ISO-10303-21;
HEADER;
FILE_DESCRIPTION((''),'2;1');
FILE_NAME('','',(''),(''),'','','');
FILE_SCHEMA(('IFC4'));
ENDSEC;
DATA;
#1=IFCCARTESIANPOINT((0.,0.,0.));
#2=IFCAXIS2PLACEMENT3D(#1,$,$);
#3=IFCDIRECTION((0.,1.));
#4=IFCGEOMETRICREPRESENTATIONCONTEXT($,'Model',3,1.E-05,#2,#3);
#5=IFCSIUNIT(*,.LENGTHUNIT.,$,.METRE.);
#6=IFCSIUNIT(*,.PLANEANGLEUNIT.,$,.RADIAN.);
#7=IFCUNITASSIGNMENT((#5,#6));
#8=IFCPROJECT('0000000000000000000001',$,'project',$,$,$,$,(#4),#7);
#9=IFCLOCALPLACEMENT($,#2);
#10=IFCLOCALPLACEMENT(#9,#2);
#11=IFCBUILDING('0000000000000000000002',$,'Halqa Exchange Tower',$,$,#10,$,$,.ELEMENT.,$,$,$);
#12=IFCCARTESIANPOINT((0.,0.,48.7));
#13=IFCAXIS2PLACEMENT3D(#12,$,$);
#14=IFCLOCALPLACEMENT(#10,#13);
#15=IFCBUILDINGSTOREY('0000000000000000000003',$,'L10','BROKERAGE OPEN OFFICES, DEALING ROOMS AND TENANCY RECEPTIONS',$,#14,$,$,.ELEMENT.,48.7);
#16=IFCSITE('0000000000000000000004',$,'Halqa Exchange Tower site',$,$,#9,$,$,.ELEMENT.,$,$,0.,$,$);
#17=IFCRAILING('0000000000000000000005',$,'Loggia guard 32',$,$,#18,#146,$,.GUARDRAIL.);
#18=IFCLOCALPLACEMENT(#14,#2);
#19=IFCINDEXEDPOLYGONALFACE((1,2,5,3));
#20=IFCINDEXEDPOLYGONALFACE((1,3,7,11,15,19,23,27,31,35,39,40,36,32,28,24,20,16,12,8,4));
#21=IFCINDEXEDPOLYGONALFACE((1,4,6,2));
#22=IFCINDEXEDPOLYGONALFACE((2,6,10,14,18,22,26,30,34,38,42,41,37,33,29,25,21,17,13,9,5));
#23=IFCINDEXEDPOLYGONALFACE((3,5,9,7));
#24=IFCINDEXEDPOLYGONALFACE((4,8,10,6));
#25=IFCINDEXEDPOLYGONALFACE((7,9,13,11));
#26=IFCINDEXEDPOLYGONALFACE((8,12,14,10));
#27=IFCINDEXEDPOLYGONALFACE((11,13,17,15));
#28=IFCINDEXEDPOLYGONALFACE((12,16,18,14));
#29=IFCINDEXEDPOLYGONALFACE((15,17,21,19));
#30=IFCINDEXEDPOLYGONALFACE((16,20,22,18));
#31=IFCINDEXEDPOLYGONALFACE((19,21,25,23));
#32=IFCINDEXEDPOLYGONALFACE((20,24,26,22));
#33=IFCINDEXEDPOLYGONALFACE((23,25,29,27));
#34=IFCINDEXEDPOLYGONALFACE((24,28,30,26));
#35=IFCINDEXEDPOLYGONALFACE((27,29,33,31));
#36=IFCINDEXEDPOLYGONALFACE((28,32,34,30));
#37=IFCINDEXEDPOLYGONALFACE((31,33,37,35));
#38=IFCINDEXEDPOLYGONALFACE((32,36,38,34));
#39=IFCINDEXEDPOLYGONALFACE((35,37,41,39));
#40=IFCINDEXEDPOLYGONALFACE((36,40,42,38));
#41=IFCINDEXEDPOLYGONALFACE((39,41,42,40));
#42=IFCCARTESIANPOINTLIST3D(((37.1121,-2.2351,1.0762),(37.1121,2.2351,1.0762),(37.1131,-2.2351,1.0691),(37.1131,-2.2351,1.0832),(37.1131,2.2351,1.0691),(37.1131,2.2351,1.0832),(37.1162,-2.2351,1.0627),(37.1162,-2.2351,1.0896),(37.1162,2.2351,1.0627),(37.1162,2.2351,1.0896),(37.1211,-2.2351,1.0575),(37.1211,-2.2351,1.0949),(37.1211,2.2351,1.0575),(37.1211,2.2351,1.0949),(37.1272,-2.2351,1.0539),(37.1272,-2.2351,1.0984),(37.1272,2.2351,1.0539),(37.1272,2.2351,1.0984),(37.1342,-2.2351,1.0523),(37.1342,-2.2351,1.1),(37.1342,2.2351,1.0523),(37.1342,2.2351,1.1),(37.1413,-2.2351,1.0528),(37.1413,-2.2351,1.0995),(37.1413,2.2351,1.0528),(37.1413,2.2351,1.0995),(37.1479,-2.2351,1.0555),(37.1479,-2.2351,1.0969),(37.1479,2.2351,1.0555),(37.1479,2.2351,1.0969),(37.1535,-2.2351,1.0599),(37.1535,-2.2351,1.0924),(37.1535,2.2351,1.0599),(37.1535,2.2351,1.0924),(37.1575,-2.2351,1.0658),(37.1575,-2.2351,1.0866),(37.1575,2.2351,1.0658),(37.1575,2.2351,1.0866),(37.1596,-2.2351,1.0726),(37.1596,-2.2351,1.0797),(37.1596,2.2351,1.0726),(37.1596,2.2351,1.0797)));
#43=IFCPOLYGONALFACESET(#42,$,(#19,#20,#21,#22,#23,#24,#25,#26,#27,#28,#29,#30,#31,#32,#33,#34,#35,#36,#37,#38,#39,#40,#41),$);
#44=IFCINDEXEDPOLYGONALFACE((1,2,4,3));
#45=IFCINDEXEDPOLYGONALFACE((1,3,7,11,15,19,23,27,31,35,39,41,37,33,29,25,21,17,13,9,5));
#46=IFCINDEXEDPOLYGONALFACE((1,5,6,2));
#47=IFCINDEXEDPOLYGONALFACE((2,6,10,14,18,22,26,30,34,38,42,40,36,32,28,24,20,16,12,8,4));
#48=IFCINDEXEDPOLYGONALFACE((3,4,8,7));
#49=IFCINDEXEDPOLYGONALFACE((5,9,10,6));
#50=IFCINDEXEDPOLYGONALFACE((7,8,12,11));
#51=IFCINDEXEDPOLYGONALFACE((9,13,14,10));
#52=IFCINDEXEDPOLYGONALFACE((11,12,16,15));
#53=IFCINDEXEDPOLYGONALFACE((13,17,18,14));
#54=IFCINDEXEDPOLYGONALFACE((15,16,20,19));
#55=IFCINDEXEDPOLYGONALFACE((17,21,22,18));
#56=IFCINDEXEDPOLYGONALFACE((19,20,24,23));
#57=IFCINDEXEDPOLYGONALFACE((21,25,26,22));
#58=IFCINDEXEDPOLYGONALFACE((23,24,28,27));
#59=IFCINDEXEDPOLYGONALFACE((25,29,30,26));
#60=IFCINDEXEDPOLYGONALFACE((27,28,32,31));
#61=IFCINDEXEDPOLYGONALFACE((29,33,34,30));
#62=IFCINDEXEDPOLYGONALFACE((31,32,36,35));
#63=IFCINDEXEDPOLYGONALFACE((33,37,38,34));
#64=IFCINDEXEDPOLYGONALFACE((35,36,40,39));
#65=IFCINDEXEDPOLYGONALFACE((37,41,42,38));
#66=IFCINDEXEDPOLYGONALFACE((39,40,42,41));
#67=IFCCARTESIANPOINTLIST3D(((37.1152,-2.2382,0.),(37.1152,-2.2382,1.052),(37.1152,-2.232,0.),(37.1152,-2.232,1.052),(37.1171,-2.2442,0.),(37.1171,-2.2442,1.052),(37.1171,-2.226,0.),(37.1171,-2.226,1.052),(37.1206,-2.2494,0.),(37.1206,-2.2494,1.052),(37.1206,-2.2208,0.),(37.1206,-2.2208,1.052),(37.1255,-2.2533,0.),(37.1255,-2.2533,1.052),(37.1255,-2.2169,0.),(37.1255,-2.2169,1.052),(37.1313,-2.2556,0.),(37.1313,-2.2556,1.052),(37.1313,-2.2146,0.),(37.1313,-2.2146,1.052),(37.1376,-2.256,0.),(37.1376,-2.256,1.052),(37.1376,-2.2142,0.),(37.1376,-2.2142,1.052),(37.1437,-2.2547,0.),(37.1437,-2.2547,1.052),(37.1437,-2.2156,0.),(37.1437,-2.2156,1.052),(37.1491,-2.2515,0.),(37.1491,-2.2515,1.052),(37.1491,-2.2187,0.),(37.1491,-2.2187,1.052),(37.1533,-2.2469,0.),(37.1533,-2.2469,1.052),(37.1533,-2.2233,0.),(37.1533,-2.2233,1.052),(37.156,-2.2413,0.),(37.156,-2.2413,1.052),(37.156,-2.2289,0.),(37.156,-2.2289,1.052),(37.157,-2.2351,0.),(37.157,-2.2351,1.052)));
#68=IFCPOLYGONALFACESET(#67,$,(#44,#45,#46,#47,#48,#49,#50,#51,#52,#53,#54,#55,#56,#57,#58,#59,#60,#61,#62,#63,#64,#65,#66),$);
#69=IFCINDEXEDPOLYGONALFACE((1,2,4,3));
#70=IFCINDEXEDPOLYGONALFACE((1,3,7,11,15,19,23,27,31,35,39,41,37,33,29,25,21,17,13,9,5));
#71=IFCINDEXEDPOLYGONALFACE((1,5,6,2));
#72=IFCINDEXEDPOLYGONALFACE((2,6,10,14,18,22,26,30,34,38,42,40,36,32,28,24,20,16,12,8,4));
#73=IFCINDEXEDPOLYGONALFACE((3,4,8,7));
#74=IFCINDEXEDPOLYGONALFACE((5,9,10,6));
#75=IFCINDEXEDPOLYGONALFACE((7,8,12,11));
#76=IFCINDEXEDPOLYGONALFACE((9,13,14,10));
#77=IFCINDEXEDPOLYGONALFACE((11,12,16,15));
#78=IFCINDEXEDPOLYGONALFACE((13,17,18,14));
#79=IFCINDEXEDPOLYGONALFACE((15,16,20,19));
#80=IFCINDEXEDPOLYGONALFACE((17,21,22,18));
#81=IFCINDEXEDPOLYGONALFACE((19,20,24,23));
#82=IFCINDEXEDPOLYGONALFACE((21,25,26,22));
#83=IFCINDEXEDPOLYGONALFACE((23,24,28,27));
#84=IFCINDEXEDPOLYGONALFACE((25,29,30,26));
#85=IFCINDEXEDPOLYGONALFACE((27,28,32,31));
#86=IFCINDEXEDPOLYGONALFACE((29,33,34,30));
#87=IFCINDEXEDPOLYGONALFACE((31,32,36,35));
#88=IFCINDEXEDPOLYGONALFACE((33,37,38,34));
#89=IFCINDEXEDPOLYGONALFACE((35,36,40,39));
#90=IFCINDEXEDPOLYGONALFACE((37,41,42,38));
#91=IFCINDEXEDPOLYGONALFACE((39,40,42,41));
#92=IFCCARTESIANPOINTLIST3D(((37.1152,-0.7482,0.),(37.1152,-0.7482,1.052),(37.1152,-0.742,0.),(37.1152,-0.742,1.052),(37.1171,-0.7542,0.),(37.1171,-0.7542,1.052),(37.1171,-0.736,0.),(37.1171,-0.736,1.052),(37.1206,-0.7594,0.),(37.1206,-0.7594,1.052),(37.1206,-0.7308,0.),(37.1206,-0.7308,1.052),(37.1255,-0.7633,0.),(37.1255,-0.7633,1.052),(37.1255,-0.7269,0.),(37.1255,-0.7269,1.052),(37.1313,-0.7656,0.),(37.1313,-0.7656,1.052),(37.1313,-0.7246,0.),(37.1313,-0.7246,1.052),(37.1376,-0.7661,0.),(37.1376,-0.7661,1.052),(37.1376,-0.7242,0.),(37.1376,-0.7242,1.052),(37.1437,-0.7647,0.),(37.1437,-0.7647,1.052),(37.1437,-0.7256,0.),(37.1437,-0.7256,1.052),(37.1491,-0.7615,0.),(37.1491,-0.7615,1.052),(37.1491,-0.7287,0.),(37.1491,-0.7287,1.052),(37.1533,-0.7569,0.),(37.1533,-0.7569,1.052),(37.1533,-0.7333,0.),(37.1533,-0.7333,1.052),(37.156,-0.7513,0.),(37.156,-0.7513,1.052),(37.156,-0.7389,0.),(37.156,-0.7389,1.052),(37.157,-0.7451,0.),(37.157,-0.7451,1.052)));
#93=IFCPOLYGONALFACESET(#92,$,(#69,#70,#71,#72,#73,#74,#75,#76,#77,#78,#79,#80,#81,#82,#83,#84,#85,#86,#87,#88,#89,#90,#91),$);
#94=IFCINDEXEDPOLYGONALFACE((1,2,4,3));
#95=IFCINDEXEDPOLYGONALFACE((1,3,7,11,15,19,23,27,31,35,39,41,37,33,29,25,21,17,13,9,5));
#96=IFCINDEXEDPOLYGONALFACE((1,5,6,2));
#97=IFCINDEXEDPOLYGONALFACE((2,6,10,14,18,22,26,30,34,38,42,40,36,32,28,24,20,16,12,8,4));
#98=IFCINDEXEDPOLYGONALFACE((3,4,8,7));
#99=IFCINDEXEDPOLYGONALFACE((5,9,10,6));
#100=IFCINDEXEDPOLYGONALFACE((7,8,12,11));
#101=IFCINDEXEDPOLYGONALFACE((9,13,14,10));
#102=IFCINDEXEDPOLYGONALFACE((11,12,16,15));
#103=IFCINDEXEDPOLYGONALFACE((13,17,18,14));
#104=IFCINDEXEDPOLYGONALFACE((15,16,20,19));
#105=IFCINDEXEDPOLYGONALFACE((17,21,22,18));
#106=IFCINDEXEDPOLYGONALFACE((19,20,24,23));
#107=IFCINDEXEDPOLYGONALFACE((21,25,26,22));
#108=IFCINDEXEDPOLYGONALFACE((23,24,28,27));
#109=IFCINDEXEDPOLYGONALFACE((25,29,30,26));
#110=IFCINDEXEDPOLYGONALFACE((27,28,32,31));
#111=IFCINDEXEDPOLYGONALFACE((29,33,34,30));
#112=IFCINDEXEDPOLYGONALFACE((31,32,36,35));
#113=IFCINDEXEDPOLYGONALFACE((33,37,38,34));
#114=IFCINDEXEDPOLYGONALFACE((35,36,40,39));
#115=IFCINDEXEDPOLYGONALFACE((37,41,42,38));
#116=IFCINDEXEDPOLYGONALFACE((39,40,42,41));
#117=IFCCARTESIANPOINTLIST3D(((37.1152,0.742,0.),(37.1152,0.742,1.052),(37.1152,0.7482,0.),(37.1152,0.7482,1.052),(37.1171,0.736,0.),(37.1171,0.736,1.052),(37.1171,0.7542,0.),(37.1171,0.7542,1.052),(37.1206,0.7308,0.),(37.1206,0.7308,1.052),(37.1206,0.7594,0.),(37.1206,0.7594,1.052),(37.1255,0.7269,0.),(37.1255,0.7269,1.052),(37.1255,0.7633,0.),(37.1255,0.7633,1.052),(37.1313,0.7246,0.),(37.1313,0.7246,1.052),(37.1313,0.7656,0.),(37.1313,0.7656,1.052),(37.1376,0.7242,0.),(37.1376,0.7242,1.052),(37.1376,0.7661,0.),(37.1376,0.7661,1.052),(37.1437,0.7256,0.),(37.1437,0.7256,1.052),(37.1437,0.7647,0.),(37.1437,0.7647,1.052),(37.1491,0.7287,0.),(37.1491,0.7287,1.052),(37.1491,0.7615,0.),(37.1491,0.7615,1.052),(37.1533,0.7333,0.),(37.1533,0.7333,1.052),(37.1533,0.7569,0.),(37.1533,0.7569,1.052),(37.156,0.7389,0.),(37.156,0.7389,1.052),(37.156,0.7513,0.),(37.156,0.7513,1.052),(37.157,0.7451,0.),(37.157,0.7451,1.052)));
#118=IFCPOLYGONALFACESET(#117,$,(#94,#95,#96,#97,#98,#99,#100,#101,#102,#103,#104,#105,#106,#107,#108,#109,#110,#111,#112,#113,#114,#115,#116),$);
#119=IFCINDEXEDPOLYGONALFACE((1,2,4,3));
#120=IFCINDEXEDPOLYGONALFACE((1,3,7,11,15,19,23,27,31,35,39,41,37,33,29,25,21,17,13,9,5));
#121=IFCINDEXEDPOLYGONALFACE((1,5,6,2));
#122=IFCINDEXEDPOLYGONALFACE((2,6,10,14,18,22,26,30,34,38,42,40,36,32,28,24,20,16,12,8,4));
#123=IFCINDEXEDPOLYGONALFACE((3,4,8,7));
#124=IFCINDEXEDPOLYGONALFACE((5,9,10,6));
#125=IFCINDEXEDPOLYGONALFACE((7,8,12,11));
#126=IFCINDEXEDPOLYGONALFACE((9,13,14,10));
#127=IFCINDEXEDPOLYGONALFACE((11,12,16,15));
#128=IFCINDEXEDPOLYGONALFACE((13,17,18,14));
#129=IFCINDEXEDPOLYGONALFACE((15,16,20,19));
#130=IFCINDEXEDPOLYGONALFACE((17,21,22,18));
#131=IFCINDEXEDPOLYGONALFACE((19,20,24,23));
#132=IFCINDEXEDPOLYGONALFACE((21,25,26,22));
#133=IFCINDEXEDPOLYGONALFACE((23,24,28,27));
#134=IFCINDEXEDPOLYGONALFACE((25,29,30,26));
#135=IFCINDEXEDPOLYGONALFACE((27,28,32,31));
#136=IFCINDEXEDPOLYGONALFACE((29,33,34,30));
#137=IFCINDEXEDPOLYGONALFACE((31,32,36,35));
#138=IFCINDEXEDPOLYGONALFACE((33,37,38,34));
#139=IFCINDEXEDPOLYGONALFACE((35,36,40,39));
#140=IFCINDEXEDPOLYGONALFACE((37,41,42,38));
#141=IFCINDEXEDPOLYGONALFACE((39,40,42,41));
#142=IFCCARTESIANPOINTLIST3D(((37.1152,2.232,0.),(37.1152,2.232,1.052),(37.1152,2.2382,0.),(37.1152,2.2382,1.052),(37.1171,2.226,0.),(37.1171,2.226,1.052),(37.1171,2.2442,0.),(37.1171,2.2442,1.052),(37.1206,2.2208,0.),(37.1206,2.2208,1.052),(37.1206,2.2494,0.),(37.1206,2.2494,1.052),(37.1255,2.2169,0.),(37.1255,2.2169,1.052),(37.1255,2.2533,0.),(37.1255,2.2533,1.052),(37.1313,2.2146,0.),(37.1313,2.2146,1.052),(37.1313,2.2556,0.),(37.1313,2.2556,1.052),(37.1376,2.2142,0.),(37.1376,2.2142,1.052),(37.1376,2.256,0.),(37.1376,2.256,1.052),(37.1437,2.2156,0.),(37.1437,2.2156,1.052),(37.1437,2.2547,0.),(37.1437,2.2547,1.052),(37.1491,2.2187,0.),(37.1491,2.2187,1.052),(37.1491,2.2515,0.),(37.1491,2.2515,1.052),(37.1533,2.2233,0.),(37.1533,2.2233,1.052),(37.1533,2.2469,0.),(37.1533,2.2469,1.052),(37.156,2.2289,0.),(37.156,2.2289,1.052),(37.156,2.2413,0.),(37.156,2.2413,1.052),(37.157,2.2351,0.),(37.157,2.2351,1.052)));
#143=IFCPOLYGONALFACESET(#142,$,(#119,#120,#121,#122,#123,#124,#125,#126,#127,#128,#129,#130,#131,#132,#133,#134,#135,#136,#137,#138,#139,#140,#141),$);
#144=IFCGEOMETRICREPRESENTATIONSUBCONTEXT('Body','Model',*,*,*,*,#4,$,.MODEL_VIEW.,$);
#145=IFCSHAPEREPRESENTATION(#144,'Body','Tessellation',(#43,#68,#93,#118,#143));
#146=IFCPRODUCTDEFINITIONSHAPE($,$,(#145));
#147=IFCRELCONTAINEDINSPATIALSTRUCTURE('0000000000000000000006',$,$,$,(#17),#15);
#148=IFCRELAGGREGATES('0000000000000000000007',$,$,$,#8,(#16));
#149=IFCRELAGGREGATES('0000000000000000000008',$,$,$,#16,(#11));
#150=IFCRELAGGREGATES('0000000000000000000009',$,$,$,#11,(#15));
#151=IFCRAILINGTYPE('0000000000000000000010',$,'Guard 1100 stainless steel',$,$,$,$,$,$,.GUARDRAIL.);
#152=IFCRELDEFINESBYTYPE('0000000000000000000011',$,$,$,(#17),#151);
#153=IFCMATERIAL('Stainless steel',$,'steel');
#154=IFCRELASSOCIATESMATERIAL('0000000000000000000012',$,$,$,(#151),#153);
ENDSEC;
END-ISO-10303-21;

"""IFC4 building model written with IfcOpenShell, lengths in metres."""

from ifc_helpers import new_model, si_unit, direction, frame, origin, origin_2d, place, context, subcontext, project, spatial, circle, extrude, material, type_object, element, save


model = new_model("IFC4")

# Units and contexts
model_context = context("Model", 3, precision=1e-05, world=origin(), true_north=direction((0.0, 1.0)))
body_context = subcontext(model_context, "Body", "Model", "MODEL_VIEW")
ifc_project = project(units=[si_unit("LENGTHUNIT", "METRE"), si_unit("PLANEANGLEUNIT", "RADIAN")], contexts=[model_context])

# Site, building, storey
site_placement = place(None, origin())
site = spatial("IfcSite", under=ifc_project, at=site_placement, Name="Halqa Exchange Tower site", CompositionType="ELEMENT", RefElevation=0.0)
building_placement = place(site_placement, origin())
building = spatial("IfcBuilding", under=site, at=building_placement, Name="Halqa Exchange Tower", CompositionType="ELEMENT")
storey_placement = place(building_placement, frame((0.0, 0.0, 48.7)))
storey = spatial("IfcBuildingStorey", under=building, at=storey_placement, Name="L10", Description="BROKERAGE OPEN OFFICES, DEALING ROOMS AND TENANCY RECEPTIONS", CompositionType="ELEMENT", Elevation=48.7)

# Railing
ifc_material_1 = material(Name="Stainless steel", Category="steel")
railing_type = type_object("IfcRailingType", Name="Guard 1100 stainless steel", PredefinedType="GUARDRAIL", material=ifc_material_1)
railing_1_placement = place(storey_placement, frame((37.136, -2.2351, 0.0)))
element("IfcRailing", 1, at=railing_1_placement, inside=storey, type_object=railing_type, Name="Loggia guard 32", PredefinedType="GUARDRAIL", context=body_context, shape_type="SweptSolid", body=[
    extrude(circle(Radius=0.0239, at=origin_2d()), frame((0.0, 0.0, 1.0762), z_axis=(0.0, 1.0, 0.0), x_axis=(-1.0, 0.0, 0.0)), (0.0, 0.0, 1.0), 4.4702),
    extrude(circle(Radius=0.021, at=origin_2d()), origin(), (0.0, 0.0, 1.0), 1.052),
    extrude(circle(Radius=0.021, at=origin_2d()), frame((0.0, 1.49, 0.0)), (0.0, 0.0, 1.0), 1.052),
    extrude(circle(Radius=0.021, at=origin_2d()), frame((0.0, 2.9802, 0.0)), (0.0, 0.0, 1.0), 1.052),
    extrude(circle(Radius=0.021, at=origin_2d()), frame((0.0, 4.4702, 0.0)), (0.0, 0.0, 1.0), 1.052),
])

save(model, "model.ifc")
